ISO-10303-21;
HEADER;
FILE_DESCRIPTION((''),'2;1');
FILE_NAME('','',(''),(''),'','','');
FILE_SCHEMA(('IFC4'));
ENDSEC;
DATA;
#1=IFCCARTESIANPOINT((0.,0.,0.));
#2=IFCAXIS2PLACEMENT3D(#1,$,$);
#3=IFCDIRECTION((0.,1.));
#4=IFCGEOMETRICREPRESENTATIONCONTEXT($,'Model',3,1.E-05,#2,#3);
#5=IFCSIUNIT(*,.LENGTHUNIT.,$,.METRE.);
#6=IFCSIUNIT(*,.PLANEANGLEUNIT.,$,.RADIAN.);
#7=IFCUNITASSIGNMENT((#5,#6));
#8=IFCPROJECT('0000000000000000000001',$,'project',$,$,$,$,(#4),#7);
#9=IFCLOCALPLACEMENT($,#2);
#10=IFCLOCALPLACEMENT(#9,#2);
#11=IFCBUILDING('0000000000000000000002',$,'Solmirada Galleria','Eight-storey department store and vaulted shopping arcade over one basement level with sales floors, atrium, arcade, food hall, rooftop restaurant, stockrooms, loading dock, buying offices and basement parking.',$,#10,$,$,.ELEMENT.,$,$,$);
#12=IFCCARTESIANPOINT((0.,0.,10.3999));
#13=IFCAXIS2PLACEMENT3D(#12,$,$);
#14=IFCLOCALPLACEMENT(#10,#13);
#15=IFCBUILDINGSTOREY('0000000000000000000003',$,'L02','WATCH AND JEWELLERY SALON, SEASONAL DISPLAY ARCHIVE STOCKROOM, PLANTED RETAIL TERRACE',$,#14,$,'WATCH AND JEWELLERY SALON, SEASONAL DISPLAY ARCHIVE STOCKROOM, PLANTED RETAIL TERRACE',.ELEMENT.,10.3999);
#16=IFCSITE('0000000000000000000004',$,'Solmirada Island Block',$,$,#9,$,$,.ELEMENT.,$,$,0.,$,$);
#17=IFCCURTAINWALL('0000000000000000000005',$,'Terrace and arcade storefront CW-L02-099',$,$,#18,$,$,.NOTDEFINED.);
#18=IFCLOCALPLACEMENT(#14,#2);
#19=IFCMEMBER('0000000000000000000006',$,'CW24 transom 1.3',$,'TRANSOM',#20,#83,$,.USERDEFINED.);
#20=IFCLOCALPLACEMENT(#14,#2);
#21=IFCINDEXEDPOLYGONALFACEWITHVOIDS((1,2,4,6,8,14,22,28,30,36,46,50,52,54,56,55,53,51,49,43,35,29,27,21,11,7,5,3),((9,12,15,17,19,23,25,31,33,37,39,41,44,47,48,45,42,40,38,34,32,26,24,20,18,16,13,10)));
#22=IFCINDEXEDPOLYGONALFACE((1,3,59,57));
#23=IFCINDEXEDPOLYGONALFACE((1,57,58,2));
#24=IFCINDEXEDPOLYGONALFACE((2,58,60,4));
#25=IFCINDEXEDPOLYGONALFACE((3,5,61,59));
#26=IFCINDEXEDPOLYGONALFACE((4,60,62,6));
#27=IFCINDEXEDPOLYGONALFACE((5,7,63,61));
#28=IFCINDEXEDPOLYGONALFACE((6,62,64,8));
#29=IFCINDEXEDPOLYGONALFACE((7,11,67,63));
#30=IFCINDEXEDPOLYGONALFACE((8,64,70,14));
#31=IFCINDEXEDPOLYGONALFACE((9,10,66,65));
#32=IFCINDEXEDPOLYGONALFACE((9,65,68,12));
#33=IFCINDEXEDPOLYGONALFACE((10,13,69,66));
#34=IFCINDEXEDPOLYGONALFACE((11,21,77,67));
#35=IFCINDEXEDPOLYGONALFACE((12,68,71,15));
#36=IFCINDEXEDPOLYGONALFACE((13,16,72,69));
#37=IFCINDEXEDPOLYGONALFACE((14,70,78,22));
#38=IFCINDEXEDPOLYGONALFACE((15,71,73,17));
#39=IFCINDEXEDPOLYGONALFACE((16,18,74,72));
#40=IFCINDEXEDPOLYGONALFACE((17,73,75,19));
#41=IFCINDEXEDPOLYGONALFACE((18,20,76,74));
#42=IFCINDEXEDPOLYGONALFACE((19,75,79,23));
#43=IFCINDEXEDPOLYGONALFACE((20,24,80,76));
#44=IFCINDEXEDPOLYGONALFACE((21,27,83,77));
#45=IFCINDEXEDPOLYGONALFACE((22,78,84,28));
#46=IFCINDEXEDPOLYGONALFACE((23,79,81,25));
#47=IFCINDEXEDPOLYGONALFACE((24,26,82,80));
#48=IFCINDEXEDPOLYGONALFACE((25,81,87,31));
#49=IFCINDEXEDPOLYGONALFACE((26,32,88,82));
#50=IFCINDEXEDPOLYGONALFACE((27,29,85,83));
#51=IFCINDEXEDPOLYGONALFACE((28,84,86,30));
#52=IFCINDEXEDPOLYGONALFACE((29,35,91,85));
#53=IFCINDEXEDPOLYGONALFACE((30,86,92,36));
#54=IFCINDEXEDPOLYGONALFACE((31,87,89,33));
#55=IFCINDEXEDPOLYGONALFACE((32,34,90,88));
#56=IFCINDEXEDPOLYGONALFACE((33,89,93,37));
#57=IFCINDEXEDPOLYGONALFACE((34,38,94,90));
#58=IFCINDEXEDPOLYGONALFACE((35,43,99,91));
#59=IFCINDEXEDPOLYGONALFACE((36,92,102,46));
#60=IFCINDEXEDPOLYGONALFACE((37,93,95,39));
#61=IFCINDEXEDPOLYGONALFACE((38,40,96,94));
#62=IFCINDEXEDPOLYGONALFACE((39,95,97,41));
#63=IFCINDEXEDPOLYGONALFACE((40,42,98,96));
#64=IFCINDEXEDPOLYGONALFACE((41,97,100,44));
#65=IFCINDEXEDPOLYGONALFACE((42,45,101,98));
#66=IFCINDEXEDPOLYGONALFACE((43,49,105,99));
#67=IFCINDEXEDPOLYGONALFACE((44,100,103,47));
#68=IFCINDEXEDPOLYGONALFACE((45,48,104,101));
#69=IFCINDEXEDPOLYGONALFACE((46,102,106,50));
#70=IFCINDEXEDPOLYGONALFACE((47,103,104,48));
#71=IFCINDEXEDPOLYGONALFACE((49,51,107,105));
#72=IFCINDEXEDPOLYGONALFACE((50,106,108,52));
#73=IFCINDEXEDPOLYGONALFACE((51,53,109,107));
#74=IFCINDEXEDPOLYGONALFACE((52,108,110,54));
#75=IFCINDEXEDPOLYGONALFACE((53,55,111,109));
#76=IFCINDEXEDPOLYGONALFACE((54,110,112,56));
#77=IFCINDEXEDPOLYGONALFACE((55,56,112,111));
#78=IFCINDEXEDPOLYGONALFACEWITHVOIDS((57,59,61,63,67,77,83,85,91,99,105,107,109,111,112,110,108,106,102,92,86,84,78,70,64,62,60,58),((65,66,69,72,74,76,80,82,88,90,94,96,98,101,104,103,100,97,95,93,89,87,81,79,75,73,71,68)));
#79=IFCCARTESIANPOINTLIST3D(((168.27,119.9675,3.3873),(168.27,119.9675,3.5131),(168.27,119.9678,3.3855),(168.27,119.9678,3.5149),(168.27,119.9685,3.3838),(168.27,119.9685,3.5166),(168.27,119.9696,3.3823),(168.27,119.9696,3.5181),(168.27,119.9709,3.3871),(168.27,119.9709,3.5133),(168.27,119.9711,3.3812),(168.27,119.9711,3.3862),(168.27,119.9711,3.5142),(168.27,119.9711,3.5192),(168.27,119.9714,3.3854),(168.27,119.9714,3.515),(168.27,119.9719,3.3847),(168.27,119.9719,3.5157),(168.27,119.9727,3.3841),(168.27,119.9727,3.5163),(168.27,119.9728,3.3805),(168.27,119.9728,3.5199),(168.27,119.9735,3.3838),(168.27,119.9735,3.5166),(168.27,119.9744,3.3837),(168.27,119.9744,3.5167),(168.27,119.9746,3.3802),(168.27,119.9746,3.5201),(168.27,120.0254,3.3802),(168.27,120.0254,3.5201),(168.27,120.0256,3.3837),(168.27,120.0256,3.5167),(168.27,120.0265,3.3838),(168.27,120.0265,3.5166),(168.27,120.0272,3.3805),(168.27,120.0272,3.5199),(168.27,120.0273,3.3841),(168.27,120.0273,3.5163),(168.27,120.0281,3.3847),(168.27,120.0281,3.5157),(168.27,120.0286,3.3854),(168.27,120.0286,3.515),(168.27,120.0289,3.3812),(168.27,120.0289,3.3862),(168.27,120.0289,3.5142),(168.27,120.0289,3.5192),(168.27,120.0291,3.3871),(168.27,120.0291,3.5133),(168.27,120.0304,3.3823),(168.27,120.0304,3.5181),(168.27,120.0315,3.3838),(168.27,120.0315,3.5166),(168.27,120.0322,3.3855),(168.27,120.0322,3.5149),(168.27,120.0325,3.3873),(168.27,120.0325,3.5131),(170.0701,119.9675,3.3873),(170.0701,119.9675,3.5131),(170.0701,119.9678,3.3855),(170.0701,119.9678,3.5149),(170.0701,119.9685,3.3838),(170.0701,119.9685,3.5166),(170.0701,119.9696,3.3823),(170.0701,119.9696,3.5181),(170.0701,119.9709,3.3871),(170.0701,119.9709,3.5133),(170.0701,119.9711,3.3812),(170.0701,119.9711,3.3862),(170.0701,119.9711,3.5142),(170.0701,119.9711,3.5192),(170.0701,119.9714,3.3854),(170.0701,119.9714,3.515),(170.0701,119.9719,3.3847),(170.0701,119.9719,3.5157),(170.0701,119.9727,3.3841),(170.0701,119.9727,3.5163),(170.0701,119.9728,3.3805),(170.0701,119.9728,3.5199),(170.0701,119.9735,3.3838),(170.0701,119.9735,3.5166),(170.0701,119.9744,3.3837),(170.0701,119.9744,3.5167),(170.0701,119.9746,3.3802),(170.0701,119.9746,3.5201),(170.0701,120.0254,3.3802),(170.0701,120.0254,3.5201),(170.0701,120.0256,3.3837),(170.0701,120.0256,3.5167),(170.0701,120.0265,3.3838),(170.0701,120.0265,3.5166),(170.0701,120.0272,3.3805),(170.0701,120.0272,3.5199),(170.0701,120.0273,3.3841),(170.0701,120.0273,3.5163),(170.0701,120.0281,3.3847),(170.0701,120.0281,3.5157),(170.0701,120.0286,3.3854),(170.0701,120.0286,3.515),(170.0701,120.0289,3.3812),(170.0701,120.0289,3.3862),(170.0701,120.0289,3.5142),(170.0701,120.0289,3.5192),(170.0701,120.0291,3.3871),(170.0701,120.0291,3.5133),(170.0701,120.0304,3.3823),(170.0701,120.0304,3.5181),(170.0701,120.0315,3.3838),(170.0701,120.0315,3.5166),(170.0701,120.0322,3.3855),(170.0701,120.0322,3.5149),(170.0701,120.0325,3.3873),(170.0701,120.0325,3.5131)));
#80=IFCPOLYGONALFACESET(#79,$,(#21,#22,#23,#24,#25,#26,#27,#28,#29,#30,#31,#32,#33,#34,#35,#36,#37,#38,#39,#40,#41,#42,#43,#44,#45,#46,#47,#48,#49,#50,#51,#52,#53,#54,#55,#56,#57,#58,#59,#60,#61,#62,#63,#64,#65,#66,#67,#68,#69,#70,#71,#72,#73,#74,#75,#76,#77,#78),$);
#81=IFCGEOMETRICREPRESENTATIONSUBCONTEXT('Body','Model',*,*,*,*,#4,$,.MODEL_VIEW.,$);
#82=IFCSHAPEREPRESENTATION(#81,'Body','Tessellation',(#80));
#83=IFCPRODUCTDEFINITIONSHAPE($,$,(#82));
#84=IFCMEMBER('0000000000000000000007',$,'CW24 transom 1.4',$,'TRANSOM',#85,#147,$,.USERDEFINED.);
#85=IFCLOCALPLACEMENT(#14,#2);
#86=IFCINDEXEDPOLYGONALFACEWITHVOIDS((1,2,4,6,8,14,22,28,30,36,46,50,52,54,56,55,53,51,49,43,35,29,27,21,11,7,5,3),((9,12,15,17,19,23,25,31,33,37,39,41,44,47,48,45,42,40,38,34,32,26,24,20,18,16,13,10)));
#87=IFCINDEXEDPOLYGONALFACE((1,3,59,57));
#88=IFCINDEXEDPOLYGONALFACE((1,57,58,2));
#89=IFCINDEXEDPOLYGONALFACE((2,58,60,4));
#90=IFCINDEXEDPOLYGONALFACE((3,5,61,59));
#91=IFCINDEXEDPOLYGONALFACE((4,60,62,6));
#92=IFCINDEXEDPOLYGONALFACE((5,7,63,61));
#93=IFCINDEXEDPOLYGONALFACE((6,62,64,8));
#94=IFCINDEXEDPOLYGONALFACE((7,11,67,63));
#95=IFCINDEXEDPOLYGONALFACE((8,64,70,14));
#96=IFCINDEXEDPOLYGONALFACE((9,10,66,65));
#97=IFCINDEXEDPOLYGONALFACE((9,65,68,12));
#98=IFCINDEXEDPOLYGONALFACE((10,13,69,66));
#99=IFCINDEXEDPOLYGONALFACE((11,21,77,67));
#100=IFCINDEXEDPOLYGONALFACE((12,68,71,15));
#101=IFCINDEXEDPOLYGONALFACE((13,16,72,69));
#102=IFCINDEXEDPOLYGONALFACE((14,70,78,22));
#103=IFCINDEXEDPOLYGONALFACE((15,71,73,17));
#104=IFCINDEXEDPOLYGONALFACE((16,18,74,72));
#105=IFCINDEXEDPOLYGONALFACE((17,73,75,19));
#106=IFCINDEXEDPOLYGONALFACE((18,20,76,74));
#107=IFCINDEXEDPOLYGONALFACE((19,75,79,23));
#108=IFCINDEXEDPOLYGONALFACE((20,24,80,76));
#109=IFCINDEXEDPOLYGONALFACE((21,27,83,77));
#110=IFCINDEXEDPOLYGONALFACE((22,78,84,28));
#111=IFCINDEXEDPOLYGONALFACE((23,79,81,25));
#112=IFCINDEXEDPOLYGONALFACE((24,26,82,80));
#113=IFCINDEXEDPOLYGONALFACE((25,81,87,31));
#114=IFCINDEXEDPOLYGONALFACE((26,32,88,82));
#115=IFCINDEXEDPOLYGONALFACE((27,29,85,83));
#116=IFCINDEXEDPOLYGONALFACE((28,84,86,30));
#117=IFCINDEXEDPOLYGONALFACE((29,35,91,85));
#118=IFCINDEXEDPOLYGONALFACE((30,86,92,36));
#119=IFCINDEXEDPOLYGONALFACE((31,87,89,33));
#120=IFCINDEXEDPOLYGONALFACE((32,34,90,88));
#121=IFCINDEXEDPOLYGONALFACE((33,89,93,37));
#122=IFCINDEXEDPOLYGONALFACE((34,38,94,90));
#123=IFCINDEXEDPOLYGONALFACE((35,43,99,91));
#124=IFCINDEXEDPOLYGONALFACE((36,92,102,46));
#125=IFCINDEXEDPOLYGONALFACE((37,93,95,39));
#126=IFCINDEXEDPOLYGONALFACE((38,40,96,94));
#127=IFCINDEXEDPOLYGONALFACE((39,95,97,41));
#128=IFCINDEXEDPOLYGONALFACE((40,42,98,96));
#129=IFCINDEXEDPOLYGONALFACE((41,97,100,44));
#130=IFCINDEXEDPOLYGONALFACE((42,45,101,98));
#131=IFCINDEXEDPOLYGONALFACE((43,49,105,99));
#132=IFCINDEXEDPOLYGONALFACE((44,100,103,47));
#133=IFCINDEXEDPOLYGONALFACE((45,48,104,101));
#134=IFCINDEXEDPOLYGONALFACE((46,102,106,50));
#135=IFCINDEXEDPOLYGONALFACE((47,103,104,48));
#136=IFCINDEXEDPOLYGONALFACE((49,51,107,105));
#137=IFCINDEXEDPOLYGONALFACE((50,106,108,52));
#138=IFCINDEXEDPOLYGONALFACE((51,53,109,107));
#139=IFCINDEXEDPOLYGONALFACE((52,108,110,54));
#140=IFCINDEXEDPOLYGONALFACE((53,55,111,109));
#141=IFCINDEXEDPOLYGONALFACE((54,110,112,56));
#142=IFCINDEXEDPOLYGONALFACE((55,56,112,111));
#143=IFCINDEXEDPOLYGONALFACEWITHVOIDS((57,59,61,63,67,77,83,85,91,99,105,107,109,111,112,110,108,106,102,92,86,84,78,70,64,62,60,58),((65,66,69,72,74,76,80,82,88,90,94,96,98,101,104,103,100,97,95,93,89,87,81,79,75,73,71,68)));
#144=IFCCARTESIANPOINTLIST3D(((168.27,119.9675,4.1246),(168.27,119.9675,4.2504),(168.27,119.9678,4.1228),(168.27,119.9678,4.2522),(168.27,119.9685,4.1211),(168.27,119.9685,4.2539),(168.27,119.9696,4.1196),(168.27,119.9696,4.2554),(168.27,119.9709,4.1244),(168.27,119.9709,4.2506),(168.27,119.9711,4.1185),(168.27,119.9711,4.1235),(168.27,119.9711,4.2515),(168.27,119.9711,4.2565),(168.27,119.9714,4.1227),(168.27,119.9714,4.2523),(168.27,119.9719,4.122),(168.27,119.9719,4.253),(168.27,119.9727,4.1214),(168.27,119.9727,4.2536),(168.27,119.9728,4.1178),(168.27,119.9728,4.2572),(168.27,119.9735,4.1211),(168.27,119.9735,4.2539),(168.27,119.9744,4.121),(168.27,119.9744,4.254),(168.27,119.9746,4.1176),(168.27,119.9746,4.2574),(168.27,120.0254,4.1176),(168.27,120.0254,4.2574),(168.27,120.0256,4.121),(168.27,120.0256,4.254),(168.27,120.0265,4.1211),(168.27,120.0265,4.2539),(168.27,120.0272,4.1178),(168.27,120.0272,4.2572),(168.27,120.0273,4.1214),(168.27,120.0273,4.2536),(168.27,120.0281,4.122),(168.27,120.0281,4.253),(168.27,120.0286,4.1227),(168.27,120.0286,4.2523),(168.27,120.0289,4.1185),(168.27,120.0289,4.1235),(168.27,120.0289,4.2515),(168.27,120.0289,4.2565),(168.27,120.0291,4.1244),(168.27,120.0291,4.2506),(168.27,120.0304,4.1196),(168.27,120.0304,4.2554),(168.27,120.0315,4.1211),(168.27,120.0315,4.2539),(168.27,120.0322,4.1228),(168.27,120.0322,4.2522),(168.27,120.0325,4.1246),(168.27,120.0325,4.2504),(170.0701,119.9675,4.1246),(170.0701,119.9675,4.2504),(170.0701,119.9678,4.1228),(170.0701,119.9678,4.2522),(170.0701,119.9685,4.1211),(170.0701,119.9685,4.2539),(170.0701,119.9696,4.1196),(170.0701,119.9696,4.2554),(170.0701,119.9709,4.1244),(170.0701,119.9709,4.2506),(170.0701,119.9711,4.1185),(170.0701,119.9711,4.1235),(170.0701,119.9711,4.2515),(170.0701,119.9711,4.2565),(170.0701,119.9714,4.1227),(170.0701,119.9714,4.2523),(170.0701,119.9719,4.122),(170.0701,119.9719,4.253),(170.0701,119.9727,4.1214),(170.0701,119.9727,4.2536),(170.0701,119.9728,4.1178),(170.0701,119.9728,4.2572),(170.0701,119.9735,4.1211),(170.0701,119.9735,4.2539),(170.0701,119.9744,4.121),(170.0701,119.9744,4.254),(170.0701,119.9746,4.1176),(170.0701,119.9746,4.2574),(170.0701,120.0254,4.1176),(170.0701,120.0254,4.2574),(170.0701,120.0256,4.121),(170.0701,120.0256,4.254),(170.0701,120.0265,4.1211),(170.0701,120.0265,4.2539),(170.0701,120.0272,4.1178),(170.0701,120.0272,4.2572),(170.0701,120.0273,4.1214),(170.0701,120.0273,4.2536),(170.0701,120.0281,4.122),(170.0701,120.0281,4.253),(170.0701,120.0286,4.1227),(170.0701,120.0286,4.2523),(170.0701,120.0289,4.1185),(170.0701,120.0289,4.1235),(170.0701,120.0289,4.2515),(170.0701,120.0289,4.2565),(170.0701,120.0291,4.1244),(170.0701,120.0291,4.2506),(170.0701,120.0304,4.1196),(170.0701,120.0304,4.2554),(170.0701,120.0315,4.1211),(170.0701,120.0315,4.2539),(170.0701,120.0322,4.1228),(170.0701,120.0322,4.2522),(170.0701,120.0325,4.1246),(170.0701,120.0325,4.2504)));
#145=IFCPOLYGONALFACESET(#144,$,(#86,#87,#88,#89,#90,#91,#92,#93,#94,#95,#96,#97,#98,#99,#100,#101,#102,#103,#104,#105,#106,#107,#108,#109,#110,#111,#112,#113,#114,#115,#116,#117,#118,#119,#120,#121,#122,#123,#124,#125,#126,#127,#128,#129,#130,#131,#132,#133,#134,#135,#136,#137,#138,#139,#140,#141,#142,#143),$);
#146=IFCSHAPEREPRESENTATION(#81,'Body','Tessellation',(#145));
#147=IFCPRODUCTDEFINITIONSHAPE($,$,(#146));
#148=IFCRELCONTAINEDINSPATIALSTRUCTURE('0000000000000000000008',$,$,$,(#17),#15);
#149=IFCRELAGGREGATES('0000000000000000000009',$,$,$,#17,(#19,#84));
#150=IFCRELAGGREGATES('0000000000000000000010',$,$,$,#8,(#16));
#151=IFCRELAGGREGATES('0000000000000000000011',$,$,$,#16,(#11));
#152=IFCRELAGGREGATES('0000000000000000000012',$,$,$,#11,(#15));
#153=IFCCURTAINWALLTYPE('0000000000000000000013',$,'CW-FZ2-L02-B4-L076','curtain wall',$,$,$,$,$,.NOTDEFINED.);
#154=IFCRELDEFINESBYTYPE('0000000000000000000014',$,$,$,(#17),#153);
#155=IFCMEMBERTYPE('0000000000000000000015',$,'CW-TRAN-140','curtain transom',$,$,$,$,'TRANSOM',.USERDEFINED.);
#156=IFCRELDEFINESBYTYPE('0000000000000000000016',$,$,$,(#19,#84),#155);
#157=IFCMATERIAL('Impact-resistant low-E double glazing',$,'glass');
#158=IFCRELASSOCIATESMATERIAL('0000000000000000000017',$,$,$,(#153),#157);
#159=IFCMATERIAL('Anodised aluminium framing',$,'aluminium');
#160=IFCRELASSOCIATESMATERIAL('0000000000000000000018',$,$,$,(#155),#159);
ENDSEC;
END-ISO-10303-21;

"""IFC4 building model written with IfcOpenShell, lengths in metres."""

from ifc_helpers import new_model, si_unit, direction, frame, origin, origin_2d, place, context, subcontext, project, spatial, hollow_rectangle, extrude, material, material_profile, profile_set, type_object, element, aggregate, save


model = new_model("IFC4")

# Units and contexts
model_context = context("Model", 3, precision=1e-05, world=origin(), true_north=direction((0.0, 1.0)))
body_context = subcontext(model_context, "Body", "Model", "MODEL_VIEW")
ifc_project = project(units=[si_unit("LENGTHUNIT", "METRE"), si_unit("PLANEANGLEUNIT", "RADIAN")], contexts=[model_context])

# Site, building, storey
site_placement = place(None, origin())
site = spatial("IfcSite", under=ifc_project, at=site_placement, Name="Solmirada Island Block", CompositionType="ELEMENT", RefElevation=0.0)
building_placement = place(site_placement, origin())
building = spatial("IfcBuilding", under=site, at=building_placement, Name="Solmirada Galleria", Description="Eight-storey department store and vaulted shopping arcade over one basement level with sales floors, atrium, arcade, food hall, rooftop restaurant, stockrooms, loading dock, buying offices and basement parking.", CompositionType="ELEMENT")
storey_placement = place(building_placement, frame((0.0, 0.0, 10.3999)))
storey = spatial("IfcBuildingStorey", under=building, at=storey_placement, Name="L02", Description="WATCH AND JEWELLERY SALON, SEASONAL DISPLAY ARCHIVE STOCKROOM, PLANTED RETAIL TERRACE", LongName="WATCH AND JEWELLERY SALON, SEASONAL DISPLAY ARCHIVE STOCKROOM, PLANTED RETAIL TERRACE", CompositionType="ELEMENT", Elevation=10.3999)

# Curtain wall
ifc_material_1 = material(Name="Impact-resistant low-E double glazing", Category="glass")
curtain_wall_type = type_object("IfcCurtainWallType", Name="CW-FZ2-L02-B4-L076", Description="curtain wall", PredefinedType="NOTDEFINED", material=ifc_material_1)
curtain_wall_1_placement = place(storey_placement, origin())
curtain_wall_1 = element("IfcCurtainWall", 1, at=curtain_wall_1_placement, inside=storey, type_object=curtain_wall_type, Name="Terrace and arcade storefront CW-L02-099", PredefinedType="NOTDEFINED")
ifc_material_2 = material(Name="Anodised aluminium framing", Category="aluminium")

# Members
ifc_material_profile_1 = material_profile(ifc_material_2, hollow_rectangle(XDim=0.0649, YDim=0.1399, WallThickness=0.0034, InnerFilletRadius=0.0034, OuterFilletRadius=0.0071, at=origin_2d()), Name="ALU-TRAN-140X65")
ifc_profile_set_1 = profile_set([ifc_material_profile_1], Name="Anodised aluminium framing")
member_type_1 = type_object("IfcMemberType", Name="CW-TRAN-140", Description="curtain transom", ElementType="TRANSOM", PredefinedType="USERDEFINED", material=ifc_profile_set_1)
member_1_placement = place(storey_placement, frame((168.27, 120.0, 3.4502), z_axis=(1.0, 0.0, 0.0), x_axis=(0.0, 1.0, 0.0)))
member_1 = element("IfcMember", 2, at=member_1_placement, type_object=member_type_1, Name="CW24 transom 1.3", ObjectType="TRANSOM", PredefinedType="USERDEFINED", context=body_context, shape_type="SweptSolid", body=[
    extrude(hollow_rectangle(XDim=0.0649, YDim=0.1399, WallThickness=0.0034, InnerFilletRadius=0.0034, OuterFilletRadius=0.0071, at=origin_2d()), origin(), (0.0, 0.0, 1.0), 1.8),
])
member_2_placement = place(storey_placement, frame((168.27, 120.0, 4.1875), z_axis=(1.0, 0.0, 0.0), x_axis=(0.0, 1.0, 0.0)))
member_2 = element("IfcMember", 3, at=member_2_placement, type_object=member_type_1, Name="CW24 transom 1.4", ObjectType="TRANSOM", PredefinedType="USERDEFINED", context=body_context, shape_type="SweptSolid", body=[
    extrude(hollow_rectangle(XDim=0.0649, YDim=0.1399, WallThickness=0.0034, InnerFilletRadius=0.0034, OuterFilletRadius=0.0071, at=origin_2d()), origin(), (0.0, 0.0, 1.0), 1.8),
])

aggregate(curtain_wall_1, [member_1, member_2])

save(model, "model.ifc")
